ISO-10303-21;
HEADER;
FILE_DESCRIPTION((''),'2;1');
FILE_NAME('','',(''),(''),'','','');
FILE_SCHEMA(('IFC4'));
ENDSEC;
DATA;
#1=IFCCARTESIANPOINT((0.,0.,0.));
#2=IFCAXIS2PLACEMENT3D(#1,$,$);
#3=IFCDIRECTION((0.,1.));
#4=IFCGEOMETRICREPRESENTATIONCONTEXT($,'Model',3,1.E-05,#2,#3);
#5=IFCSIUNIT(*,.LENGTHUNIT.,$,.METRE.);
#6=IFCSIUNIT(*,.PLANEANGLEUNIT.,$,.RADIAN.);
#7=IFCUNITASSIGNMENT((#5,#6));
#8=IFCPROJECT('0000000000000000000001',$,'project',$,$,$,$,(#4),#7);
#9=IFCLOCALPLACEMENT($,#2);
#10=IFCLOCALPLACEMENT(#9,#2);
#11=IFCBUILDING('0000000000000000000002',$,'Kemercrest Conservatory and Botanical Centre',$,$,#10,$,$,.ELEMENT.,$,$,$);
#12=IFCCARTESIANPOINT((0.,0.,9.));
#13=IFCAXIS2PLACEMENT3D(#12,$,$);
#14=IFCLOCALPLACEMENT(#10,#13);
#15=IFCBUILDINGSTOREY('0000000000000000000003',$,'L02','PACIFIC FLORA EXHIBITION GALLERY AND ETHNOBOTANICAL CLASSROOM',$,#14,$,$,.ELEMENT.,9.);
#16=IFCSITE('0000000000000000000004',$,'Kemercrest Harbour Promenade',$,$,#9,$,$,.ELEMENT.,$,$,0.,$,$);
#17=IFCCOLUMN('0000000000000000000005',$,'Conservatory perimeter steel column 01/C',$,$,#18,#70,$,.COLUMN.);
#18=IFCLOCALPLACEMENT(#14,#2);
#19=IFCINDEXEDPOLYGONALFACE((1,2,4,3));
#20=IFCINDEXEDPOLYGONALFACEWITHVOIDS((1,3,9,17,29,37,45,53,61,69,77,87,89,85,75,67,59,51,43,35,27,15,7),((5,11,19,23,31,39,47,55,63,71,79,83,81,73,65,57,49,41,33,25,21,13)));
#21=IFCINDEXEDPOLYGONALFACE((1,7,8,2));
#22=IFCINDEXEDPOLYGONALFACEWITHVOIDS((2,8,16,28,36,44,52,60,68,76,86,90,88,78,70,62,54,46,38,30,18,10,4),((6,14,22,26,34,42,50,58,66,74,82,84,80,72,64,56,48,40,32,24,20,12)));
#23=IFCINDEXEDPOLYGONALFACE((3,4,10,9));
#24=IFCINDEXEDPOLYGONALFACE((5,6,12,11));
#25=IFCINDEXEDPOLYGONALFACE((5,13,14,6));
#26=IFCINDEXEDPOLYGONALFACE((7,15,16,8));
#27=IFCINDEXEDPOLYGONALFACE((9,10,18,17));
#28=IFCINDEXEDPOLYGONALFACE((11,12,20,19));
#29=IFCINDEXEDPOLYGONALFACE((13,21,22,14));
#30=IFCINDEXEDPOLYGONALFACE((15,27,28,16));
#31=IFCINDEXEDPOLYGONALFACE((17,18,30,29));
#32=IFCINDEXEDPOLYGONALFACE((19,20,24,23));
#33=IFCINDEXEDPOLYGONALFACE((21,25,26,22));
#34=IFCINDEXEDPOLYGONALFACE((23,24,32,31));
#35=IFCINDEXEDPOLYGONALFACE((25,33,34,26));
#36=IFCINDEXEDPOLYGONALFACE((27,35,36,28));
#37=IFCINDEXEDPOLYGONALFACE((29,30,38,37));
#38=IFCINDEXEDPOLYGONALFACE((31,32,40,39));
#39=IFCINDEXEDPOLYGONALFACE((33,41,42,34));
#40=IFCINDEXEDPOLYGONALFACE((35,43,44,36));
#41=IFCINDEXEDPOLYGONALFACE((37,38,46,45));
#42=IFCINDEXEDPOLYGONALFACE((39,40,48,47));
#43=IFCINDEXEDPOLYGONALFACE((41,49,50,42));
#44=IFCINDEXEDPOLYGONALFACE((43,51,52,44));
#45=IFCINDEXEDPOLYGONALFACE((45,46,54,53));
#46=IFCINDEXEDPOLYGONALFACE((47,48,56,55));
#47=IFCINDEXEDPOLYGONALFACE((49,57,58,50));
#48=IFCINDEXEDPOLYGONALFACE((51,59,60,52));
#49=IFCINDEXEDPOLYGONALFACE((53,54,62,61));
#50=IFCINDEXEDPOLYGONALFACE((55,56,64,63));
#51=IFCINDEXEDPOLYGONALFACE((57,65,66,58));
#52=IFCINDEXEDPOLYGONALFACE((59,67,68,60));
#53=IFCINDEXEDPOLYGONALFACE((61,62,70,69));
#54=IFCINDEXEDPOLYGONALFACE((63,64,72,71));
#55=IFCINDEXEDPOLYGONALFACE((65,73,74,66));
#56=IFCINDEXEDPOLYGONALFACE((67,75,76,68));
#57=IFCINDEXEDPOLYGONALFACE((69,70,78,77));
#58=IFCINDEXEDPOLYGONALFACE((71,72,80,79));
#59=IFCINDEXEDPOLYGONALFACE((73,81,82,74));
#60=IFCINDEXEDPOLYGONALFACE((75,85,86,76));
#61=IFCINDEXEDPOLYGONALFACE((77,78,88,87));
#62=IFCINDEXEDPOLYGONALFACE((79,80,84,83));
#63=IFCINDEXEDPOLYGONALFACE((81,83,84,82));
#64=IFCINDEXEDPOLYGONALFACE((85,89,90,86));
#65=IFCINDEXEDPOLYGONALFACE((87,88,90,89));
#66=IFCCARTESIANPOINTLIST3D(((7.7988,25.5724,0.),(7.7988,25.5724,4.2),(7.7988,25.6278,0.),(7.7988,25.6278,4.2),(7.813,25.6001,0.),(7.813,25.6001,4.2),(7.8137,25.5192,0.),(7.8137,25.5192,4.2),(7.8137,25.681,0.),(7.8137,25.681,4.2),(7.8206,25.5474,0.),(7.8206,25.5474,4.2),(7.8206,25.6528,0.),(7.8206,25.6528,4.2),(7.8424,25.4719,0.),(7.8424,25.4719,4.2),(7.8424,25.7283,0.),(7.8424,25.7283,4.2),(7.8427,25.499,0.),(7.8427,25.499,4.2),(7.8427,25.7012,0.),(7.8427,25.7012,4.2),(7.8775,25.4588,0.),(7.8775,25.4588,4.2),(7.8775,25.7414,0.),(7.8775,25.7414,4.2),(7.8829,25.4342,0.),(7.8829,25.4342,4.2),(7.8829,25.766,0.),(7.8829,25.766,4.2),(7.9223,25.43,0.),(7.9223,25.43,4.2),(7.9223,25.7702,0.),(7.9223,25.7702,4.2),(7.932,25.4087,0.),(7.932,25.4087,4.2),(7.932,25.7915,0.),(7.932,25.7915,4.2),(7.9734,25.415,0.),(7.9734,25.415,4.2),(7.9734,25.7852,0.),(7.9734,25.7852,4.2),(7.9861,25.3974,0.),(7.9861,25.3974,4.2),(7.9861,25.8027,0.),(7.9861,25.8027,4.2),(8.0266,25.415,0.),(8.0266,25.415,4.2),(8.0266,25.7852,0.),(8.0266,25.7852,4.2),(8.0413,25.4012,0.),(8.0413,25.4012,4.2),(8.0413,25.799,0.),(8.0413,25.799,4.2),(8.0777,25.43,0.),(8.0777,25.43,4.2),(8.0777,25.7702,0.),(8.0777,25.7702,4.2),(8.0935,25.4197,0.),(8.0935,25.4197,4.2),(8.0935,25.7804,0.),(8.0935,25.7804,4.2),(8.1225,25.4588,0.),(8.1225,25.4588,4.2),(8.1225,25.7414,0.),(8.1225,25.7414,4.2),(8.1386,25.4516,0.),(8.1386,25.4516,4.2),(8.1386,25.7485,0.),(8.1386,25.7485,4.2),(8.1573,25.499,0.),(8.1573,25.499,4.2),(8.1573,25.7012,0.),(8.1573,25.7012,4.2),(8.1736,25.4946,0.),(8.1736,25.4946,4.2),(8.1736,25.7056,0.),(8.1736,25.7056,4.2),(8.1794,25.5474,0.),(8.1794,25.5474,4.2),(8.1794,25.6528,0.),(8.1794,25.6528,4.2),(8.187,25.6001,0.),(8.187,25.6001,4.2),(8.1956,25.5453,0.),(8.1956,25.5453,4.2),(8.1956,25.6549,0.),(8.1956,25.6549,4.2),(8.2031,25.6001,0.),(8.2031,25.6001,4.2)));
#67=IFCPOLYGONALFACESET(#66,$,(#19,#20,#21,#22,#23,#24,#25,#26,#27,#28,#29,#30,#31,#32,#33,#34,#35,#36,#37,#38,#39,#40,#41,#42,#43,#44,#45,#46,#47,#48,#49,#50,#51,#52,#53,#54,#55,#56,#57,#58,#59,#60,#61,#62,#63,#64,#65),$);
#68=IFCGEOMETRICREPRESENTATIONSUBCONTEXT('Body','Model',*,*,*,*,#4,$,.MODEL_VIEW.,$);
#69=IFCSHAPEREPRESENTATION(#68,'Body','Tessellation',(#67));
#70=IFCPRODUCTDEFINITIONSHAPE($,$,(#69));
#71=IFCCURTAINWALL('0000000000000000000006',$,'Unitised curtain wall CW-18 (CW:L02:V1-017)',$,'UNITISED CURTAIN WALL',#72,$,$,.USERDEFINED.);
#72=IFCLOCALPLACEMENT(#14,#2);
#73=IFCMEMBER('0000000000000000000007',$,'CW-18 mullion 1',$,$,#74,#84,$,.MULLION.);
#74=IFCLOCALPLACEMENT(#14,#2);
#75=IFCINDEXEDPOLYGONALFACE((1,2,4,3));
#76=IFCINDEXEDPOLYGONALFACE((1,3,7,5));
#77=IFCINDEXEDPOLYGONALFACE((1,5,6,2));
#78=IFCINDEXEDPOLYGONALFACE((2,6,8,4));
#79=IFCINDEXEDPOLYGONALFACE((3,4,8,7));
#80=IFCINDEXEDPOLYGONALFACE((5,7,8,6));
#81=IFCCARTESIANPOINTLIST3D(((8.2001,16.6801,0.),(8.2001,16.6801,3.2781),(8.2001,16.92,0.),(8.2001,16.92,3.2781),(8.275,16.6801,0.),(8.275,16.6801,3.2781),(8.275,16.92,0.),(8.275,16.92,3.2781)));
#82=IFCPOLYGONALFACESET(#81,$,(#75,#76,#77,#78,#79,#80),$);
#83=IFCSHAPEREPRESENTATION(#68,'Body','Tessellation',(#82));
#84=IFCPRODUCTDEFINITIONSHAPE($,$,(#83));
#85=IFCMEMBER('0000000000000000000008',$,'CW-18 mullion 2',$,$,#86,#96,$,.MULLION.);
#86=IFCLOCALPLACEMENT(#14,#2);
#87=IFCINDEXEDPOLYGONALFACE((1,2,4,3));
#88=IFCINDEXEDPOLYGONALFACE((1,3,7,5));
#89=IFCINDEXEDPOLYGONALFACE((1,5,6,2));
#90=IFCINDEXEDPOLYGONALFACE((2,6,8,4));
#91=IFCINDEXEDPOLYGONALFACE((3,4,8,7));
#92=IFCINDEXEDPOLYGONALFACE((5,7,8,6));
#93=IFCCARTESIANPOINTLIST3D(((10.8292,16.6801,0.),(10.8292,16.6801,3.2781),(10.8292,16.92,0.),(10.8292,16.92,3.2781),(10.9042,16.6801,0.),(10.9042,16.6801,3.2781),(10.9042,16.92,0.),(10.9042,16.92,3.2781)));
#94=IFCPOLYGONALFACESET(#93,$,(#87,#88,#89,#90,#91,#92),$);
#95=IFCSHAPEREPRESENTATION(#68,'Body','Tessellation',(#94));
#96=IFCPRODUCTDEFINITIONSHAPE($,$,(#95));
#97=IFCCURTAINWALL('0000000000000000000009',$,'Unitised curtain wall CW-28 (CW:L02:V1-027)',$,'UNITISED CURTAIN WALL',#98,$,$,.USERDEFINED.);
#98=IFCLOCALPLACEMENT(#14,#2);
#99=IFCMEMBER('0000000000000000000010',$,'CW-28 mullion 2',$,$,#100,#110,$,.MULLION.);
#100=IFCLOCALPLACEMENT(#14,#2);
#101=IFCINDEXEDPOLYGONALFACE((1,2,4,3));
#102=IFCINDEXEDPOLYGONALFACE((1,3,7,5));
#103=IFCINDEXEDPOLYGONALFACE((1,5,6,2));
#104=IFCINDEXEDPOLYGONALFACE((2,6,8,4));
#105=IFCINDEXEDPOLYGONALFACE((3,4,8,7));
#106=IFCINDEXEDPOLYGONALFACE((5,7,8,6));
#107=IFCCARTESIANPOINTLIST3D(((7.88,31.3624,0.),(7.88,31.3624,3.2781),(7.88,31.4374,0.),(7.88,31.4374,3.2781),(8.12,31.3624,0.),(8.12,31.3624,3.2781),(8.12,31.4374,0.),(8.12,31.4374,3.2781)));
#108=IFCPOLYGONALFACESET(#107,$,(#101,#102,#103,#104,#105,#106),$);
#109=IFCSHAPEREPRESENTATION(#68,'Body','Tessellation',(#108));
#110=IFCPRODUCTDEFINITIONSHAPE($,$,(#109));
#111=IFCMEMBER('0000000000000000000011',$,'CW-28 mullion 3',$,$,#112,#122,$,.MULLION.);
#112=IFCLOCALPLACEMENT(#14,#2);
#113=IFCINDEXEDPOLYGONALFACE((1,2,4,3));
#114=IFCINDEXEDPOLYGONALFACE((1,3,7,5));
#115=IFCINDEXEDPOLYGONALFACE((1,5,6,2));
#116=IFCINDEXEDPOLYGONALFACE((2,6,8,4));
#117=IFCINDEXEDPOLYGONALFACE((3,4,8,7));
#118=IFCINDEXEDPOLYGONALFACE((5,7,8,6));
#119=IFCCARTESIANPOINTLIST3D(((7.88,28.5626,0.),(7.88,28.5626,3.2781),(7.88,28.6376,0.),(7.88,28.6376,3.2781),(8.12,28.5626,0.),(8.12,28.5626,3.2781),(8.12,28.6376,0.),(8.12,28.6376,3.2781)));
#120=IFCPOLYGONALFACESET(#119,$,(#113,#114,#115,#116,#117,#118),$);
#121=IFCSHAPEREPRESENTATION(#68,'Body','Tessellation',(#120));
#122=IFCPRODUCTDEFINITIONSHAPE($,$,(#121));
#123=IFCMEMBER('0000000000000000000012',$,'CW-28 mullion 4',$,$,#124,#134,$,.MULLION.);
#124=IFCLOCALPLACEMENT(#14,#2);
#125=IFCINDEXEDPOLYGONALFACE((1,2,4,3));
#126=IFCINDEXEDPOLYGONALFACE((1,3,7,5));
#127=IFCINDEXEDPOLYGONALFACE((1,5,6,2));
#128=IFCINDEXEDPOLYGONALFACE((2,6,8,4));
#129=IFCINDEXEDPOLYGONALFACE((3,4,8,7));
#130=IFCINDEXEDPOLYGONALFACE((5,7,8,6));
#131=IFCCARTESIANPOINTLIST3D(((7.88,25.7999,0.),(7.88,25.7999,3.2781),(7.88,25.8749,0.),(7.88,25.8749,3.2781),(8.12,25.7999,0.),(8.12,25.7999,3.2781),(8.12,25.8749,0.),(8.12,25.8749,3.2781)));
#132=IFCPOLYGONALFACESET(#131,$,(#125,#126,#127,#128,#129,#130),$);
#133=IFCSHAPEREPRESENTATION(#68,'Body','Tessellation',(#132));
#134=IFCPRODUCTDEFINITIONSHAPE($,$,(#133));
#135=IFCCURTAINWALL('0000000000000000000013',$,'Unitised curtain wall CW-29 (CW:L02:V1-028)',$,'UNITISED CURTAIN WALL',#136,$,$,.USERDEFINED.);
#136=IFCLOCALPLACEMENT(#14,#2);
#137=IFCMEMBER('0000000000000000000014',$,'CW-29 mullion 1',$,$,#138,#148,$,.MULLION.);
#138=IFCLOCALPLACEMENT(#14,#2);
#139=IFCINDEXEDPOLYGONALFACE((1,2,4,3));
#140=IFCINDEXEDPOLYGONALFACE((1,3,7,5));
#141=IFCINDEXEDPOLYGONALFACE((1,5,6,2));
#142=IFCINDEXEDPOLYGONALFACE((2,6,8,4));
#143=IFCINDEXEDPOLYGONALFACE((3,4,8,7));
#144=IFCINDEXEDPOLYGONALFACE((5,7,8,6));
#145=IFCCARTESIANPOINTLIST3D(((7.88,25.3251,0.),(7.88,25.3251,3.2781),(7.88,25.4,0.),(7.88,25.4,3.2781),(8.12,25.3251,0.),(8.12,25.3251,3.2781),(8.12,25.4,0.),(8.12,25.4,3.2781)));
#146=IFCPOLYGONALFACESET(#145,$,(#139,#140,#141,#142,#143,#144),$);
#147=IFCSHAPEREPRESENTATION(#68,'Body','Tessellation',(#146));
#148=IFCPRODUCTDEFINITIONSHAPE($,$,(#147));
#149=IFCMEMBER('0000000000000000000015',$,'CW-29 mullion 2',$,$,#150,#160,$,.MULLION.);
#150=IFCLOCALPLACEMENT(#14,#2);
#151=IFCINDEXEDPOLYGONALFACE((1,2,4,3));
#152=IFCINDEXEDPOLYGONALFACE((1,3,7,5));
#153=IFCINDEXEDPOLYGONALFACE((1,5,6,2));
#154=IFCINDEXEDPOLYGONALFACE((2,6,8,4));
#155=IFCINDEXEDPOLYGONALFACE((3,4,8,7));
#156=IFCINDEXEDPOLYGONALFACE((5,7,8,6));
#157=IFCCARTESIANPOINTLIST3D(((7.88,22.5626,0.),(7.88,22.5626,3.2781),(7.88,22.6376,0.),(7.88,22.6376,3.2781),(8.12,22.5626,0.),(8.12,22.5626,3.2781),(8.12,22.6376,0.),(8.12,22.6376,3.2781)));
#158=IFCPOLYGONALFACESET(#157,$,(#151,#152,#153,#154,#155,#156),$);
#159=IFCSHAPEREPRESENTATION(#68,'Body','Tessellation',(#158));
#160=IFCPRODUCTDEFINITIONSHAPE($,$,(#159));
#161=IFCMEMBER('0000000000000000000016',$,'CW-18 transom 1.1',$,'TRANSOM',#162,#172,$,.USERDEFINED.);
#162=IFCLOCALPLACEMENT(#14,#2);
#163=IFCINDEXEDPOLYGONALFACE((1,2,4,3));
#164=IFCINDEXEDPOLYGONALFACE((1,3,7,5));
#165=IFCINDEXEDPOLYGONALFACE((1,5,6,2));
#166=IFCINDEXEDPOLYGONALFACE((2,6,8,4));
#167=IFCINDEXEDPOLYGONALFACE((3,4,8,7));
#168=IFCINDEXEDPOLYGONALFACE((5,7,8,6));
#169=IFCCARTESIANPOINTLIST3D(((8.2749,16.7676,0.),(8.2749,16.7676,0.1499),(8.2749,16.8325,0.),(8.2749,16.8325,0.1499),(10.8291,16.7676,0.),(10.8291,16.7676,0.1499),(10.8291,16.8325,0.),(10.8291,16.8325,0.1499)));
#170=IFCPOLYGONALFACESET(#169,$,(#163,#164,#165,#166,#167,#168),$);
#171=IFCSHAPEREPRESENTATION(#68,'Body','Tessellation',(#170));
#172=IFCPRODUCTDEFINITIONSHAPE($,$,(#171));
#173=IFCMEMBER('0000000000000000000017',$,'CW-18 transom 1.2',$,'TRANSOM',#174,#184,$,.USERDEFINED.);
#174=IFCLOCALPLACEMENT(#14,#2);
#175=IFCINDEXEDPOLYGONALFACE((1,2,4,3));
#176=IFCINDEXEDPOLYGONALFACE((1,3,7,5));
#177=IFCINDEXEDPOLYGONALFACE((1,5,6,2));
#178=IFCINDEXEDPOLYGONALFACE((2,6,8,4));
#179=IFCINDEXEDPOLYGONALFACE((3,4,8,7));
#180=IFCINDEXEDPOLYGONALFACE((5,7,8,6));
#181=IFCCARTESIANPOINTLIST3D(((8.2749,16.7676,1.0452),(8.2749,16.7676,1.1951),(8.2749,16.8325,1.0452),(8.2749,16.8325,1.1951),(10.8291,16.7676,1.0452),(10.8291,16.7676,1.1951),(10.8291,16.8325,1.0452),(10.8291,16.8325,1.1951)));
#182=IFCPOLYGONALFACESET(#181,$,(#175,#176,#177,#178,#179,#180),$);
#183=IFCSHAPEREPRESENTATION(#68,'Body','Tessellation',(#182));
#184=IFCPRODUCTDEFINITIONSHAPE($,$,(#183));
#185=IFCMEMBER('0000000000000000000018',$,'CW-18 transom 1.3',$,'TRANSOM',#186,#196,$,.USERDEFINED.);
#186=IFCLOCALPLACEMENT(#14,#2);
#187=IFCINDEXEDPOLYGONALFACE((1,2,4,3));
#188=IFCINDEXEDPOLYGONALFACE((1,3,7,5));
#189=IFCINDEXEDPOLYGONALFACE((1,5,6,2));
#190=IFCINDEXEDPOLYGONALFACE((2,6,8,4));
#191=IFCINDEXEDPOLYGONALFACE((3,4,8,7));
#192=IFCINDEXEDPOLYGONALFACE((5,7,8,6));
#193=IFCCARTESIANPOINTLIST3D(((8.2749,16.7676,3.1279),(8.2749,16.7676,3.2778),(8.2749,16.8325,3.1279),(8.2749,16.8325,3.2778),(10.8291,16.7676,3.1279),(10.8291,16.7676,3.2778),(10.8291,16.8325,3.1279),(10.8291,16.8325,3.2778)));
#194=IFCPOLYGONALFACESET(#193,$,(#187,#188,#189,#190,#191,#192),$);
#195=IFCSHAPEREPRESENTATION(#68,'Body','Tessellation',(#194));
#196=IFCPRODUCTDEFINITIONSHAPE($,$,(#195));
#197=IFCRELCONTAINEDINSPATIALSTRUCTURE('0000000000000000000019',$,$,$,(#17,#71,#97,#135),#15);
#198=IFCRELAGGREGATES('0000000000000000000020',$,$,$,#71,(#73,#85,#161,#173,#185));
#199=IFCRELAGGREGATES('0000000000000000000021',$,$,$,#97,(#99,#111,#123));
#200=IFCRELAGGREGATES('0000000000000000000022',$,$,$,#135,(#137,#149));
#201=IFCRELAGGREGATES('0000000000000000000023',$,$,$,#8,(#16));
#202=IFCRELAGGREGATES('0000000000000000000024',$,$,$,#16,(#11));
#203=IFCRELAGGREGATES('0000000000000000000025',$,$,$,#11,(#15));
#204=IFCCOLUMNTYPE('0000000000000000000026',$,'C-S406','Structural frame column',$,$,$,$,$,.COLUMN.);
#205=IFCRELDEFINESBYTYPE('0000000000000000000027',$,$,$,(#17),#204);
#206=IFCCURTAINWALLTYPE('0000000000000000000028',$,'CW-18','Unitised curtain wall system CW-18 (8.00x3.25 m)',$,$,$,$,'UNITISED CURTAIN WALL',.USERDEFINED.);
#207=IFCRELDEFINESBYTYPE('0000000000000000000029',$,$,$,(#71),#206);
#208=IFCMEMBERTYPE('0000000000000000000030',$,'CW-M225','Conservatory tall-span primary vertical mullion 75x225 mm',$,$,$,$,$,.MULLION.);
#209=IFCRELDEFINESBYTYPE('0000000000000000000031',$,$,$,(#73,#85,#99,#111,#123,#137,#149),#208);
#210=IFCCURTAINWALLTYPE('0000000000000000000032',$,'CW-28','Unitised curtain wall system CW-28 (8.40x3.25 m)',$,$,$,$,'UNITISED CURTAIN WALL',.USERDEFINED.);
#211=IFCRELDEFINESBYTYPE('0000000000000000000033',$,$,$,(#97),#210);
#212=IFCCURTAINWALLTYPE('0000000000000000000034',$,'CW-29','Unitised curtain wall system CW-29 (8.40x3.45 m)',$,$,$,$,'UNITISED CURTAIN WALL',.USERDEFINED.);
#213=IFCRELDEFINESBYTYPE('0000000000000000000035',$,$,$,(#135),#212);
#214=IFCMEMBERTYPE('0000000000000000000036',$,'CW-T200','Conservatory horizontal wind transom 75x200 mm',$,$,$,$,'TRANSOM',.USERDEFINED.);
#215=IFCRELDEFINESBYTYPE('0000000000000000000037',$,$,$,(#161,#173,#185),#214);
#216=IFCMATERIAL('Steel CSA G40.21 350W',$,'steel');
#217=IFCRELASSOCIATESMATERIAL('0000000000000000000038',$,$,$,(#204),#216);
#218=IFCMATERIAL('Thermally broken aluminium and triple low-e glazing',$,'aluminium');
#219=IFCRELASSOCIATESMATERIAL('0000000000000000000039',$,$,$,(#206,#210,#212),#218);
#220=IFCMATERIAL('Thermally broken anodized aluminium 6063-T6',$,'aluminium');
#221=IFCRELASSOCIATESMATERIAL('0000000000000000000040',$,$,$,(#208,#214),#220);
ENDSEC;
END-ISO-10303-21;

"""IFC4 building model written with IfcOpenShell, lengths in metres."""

from ifc_helpers import new_model, si_unit, direction, frame, origin, origin_2d, place, context, subcontext, project, spatial, rectangle, hollow_circle, extrude, material, material_profile, profile_set, type_object, element, aggregate, save


model = new_model("IFC4")

# Units and contexts
model_context = context("Model", 3, precision=1e-05, world=origin(), true_north=direction((0.0, 1.0)))
body_context = subcontext(model_context, "Body", "Model", "MODEL_VIEW")
ifc_project = project(units=[si_unit("LENGTHUNIT", "METRE"), si_unit("PLANEANGLEUNIT", "RADIAN")], contexts=[model_context])

# Site, building, storey
site_placement = place(None, origin())
site = spatial("IfcSite", under=ifc_project, at=site_placement, Name="Kemercrest Harbour Promenade", CompositionType="ELEMENT", RefElevation=0.0)
building_placement = place(site_placement, origin())
building = spatial("IfcBuilding", under=site, at=building_placement, Name="Kemercrest Conservatory and Botanical Centre", CompositionType="ELEMENT")
storey_placement = place(building_placement, frame((0.0, 0.0, 9.0)))
storey = spatial("IfcBuildingStorey", under=building, at=storey_placement, Name="L02", Description="PACIFIC FLORA EXHIBITION GALLERY AND ETHNOBOTANICAL CLASSROOM", CompositionType="ELEMENT", Elevation=9.0)

# Column
ifc_material_1 = material(Name="Steel CSA G40.21 350W", Category="steel")
ifc_material_profile_1 = material_profile(ifc_material_1, hollow_circle(Radius=0.2031, WallThickness=0.0161, at=origin_2d()), Name="CHS 406.4x16.0")
ifc_profile_set_1 = profile_set([ifc_material_profile_1], Name="Steel CSA G40.21 350W")
column_type = type_object("IfcColumnType", Name="C-S406", Description="Structural frame column", PredefinedType="COLUMN", material=ifc_profile_set_1)
column_placement = place(storey_placement, frame((8.0, 25.6001, 0.0), z_axis=(0.0, 0.0, 1.0), x_axis=(1.0, 0.0, 0.0)))
element("IfcColumn", 1, at=column_placement, inside=storey, type_object=column_type, Name="Conservatory perimeter steel column 01/C", PredefinedType="COLUMN", context=body_context, shape_type="SweptSolid", body=[
    extrude(hollow_circle(Radius=0.2031, WallThickness=0.0161, at=origin_2d()), origin(), (0.0, 0.0, 1.0), 4.2),
])

# Curtain walls, members
ifc_material_2 = material(Name="Thermally broken aluminium and triple low-e glazing", Category="aluminium")
curtain_wall_type_1 = type_object("IfcCurtainWallType", Name="CW-18", Description="Unitised curtain wall system CW-18 (8.00x3.25 m)", ElementType="UNITISED CURTAIN WALL", PredefinedType="USERDEFINED", material=ifc_material_2)
curtain_wall_1_placement = place(storey_placement, origin())
curtain_wall_1 = element("IfcCurtainWall", 2, at=curtain_wall_1_placement, inside=storey, type_object=curtain_wall_type_1, Name="Unitised curtain wall CW-18 (CW:L02:V1-017)", ObjectType="UNITISED CURTAIN WALL", PredefinedType="USERDEFINED")
ifc_material_3 = material(Name="Thermally broken anodized aluminium 6063-T6", Category="aluminium")
ifc_material_profile_2 = material_profile(ifc_material_3, rectangle(XDim=0.24, YDim=0.075, at=origin_2d()), Name="AL MULLION 75x240")
ifc_profile_set_2 = profile_set([ifc_material_profile_2], Name="Thermally broken anodized aluminium 6063-T6")
member_type_1 = type_object("IfcMemberType", Name="CW-M225", Description="Conservatory tall-span primary vertical mullion 75x225 mm", PredefinedType="MULLION", material=ifc_profile_set_2)
member_1_placement = place(storey_placement, frame((8.2375, 16.8, 0.0), z_axis=(0.0, 0.0, 1.0), x_axis=(0.0, 1.0, 0.0)))
member_1 = element("IfcMember", 3, at=member_1_placement, type_object=member_type_1, Name="CW-18 mullion 1", PredefinedType="MULLION", context=body_context, shape_type="SweptSolid", body=[
    extrude(rectangle(XDim=0.24, YDim=0.075, at=origin_2d()), origin(), (0.0, 0.0, 1.0), 3.2781),
])
member_2_placement = place(storey_placement, frame((10.8667, 16.8, 0.0), z_axis=(0.0, 0.0, 1.0), x_axis=(0.0, 1.0, 0.0)))
member_2 = element("IfcMember", 4, at=member_2_placement, type_object=member_type_1, Name="CW-18 mullion 2", PredefinedType="MULLION", context=body_context, shape_type="SweptSolid", body=[
    extrude(rectangle(XDim=0.24, YDim=0.075, at=origin_2d()), origin(), (0.0, 0.0, 1.0), 3.2781),
])
curtain_wall_type_2 = type_object("IfcCurtainWallType", Name="CW-28", Description="Unitised curtain wall system CW-28 (8.40x3.25 m)", ElementType="UNITISED CURTAIN WALL", PredefinedType="USERDEFINED", material=ifc_material_2)
curtain_wall_2_placement = place(storey_placement, origin())
curtain_wall_2 = element("IfcCurtainWall", 5, at=curtain_wall_2_placement, inside=storey, type_object=curtain_wall_type_2, Name="Unitised curtain wall CW-28 (CW:L02:V1-027)", ObjectType="UNITISED CURTAIN WALL", PredefinedType="USERDEFINED")
member_3_placement = place(storey_placement, frame((8.0, 31.3999, 0.0), z_axis=(0.0, 0.0, 1.0), x_axis=(1.0, 0.0, 0.0)))
member_3 = element("IfcMember", 6, at=member_3_placement, type_object=member_type_1, Name="CW-28 mullion 2", PredefinedType="MULLION", context=body_context, shape_type="SweptSolid", body=[
    extrude(rectangle(XDim=0.24, YDim=0.075, at=origin_2d()), origin(), (0.0, 0.0, 1.0), 3.2781),
])
member_4_placement = place(storey_placement, frame((8.0, 28.6001, 0.0), z_axis=(0.0, 0.0, 1.0), x_axis=(1.0, 0.0, 0.0)))
member_4 = element("IfcMember", 7, at=member_4_placement, type_object=member_type_1, Name="CW-28 mullion 3", PredefinedType="MULLION", context=body_context, shape_type="SweptSolid", body=[
    extrude(rectangle(XDim=0.24, YDim=0.075, at=origin_2d()), origin(), (0.0, 0.0, 1.0), 3.2781),
])
member_5_placement = place(storey_placement, frame((8.0, 25.8374, 0.0), z_axis=(0.0, 0.0, 1.0), x_axis=(1.0, 0.0, 0.0)))
member_5 = element("IfcMember", 8, at=member_5_placement, type_object=member_type_1, Name="CW-28 mullion 4", PredefinedType="MULLION", context=body_context, shape_type="SweptSolid", body=[
    extrude(rectangle(XDim=0.24, YDim=0.075, at=origin_2d()), origin(), (0.0, 0.0, 1.0), 3.2781),
])
curtain_wall_type_3 = type_object("IfcCurtainWallType", Name="CW-29", Description="Unitised curtain wall system CW-29 (8.40x3.45 m)", ElementType="UNITISED CURTAIN WALL", PredefinedType="USERDEFINED", material=ifc_material_2)
curtain_wall_3_placement = place(storey_placement, origin())
curtain_wall_3 = element("IfcCurtainWall", 9, at=curtain_wall_3_placement, inside=storey, type_object=curtain_wall_type_3, Name="Unitised curtain wall CW-29 (CW:L02:V1-028)", ObjectType="UNITISED CURTAIN WALL", PredefinedType="USERDEFINED")
member_6_placement = place(storey_placement, frame((8.0, 25.3625, 0.0), z_axis=(0.0, 0.0, 1.0), x_axis=(1.0, 0.0, 0.0)))
member_6 = element("IfcMember", 10, at=member_6_placement, type_object=member_type_1, Name="CW-29 mullion 1", PredefinedType="MULLION", context=body_context, shape_type="SweptSolid", body=[
    extrude(rectangle(XDim=0.24, YDim=0.075, at=origin_2d()), origin(), (0.0, 0.0, 1.0), 3.2781),
])
member_7_placement = place(storey_placement, frame((8.0, 22.6001, 0.0), z_axis=(0.0, 0.0, 1.0), x_axis=(1.0, 0.0, 0.0)))
member_7 = element("IfcMember", 11, at=member_7_placement, type_object=member_type_1, Name="CW-29 mullion 2", PredefinedType="MULLION", context=body_context, shape_type="SweptSolid", body=[
    extrude(rectangle(XDim=0.24, YDim=0.075, at=origin_2d()), origin(), (0.0, 0.0, 1.0), 3.2781),
])

# Members
ifc_material_profile_3 = material_profile(ifc_material_3, rectangle(XDim=0.0649, YDim=0.1499, at=origin_2d()), Name="AL TRANSOM 65x150")
ifc_profile_set_3 = profile_set([ifc_material_profile_3], Name="Thermally broken anodized aluminium 6063-T6")
member_type_2 = type_object("IfcMemberType", Name="CW-T200", Description="Conservatory horizontal wind transom 75x200 mm", ElementType="TRANSOM", PredefinedType="USERDEFINED", material=ifc_profile_set_3)
member_8_placement = place(storey_placement, frame((8.2749, 16.8, 0.075), z_axis=(1.0, 0.0, 0.0), x_axis=(0.0, 1.0, 0.0)))
member_8 = element("IfcMember", 12, at=member_8_placement, type_object=member_type_2, Name="CW-18 transom 1.1", ObjectType="TRANSOM", PredefinedType="USERDEFINED", context=body_context, shape_type="SweptSolid", body=[
    extrude(rectangle(XDim=0.0649, YDim=0.1499, at=origin_2d()), origin(), (0.0, 0.0, 1.0), 2.5542),
])
member_9_placement = place(storey_placement, frame((8.2749, 16.8, 1.1201), z_axis=(1.0, 0.0, 0.0), x_axis=(0.0, 1.0, 0.0)))
member_9 = element("IfcMember", 13, at=member_9_placement, type_object=member_type_2, Name="CW-18 transom 1.2", ObjectType="TRANSOM", PredefinedType="USERDEFINED", context=body_context, shape_type="SweptSolid", body=[
    extrude(rectangle(XDim=0.0649, YDim=0.1499, at=origin_2d()), origin(), (0.0, 0.0, 1.0), 2.5542),
])
member_10_placement = place(storey_placement, frame((8.2749, 16.8, 3.2029), z_axis=(1.0, 0.0, 0.0), x_axis=(0.0, 1.0, 0.0)))
member_10 = element("IfcMember", 14, at=member_10_placement, type_object=member_type_2, Name="CW-18 transom 1.3", ObjectType="TRANSOM", PredefinedType="USERDEFINED", context=body_context, shape_type="SweptSolid", body=[
    extrude(rectangle(XDim=0.0649, YDim=0.1499, at=origin_2d()), origin(), (0.0, 0.0, 1.0), 2.5542),
])

aggregate(curtain_wall_1, [member_1, member_2, member_8, member_9, member_10])
aggregate(curtain_wall_2, [member_3, member_4, member_5])
aggregate(curtain_wall_3, [member_6, member_7])

save(model, "model.ifc")
